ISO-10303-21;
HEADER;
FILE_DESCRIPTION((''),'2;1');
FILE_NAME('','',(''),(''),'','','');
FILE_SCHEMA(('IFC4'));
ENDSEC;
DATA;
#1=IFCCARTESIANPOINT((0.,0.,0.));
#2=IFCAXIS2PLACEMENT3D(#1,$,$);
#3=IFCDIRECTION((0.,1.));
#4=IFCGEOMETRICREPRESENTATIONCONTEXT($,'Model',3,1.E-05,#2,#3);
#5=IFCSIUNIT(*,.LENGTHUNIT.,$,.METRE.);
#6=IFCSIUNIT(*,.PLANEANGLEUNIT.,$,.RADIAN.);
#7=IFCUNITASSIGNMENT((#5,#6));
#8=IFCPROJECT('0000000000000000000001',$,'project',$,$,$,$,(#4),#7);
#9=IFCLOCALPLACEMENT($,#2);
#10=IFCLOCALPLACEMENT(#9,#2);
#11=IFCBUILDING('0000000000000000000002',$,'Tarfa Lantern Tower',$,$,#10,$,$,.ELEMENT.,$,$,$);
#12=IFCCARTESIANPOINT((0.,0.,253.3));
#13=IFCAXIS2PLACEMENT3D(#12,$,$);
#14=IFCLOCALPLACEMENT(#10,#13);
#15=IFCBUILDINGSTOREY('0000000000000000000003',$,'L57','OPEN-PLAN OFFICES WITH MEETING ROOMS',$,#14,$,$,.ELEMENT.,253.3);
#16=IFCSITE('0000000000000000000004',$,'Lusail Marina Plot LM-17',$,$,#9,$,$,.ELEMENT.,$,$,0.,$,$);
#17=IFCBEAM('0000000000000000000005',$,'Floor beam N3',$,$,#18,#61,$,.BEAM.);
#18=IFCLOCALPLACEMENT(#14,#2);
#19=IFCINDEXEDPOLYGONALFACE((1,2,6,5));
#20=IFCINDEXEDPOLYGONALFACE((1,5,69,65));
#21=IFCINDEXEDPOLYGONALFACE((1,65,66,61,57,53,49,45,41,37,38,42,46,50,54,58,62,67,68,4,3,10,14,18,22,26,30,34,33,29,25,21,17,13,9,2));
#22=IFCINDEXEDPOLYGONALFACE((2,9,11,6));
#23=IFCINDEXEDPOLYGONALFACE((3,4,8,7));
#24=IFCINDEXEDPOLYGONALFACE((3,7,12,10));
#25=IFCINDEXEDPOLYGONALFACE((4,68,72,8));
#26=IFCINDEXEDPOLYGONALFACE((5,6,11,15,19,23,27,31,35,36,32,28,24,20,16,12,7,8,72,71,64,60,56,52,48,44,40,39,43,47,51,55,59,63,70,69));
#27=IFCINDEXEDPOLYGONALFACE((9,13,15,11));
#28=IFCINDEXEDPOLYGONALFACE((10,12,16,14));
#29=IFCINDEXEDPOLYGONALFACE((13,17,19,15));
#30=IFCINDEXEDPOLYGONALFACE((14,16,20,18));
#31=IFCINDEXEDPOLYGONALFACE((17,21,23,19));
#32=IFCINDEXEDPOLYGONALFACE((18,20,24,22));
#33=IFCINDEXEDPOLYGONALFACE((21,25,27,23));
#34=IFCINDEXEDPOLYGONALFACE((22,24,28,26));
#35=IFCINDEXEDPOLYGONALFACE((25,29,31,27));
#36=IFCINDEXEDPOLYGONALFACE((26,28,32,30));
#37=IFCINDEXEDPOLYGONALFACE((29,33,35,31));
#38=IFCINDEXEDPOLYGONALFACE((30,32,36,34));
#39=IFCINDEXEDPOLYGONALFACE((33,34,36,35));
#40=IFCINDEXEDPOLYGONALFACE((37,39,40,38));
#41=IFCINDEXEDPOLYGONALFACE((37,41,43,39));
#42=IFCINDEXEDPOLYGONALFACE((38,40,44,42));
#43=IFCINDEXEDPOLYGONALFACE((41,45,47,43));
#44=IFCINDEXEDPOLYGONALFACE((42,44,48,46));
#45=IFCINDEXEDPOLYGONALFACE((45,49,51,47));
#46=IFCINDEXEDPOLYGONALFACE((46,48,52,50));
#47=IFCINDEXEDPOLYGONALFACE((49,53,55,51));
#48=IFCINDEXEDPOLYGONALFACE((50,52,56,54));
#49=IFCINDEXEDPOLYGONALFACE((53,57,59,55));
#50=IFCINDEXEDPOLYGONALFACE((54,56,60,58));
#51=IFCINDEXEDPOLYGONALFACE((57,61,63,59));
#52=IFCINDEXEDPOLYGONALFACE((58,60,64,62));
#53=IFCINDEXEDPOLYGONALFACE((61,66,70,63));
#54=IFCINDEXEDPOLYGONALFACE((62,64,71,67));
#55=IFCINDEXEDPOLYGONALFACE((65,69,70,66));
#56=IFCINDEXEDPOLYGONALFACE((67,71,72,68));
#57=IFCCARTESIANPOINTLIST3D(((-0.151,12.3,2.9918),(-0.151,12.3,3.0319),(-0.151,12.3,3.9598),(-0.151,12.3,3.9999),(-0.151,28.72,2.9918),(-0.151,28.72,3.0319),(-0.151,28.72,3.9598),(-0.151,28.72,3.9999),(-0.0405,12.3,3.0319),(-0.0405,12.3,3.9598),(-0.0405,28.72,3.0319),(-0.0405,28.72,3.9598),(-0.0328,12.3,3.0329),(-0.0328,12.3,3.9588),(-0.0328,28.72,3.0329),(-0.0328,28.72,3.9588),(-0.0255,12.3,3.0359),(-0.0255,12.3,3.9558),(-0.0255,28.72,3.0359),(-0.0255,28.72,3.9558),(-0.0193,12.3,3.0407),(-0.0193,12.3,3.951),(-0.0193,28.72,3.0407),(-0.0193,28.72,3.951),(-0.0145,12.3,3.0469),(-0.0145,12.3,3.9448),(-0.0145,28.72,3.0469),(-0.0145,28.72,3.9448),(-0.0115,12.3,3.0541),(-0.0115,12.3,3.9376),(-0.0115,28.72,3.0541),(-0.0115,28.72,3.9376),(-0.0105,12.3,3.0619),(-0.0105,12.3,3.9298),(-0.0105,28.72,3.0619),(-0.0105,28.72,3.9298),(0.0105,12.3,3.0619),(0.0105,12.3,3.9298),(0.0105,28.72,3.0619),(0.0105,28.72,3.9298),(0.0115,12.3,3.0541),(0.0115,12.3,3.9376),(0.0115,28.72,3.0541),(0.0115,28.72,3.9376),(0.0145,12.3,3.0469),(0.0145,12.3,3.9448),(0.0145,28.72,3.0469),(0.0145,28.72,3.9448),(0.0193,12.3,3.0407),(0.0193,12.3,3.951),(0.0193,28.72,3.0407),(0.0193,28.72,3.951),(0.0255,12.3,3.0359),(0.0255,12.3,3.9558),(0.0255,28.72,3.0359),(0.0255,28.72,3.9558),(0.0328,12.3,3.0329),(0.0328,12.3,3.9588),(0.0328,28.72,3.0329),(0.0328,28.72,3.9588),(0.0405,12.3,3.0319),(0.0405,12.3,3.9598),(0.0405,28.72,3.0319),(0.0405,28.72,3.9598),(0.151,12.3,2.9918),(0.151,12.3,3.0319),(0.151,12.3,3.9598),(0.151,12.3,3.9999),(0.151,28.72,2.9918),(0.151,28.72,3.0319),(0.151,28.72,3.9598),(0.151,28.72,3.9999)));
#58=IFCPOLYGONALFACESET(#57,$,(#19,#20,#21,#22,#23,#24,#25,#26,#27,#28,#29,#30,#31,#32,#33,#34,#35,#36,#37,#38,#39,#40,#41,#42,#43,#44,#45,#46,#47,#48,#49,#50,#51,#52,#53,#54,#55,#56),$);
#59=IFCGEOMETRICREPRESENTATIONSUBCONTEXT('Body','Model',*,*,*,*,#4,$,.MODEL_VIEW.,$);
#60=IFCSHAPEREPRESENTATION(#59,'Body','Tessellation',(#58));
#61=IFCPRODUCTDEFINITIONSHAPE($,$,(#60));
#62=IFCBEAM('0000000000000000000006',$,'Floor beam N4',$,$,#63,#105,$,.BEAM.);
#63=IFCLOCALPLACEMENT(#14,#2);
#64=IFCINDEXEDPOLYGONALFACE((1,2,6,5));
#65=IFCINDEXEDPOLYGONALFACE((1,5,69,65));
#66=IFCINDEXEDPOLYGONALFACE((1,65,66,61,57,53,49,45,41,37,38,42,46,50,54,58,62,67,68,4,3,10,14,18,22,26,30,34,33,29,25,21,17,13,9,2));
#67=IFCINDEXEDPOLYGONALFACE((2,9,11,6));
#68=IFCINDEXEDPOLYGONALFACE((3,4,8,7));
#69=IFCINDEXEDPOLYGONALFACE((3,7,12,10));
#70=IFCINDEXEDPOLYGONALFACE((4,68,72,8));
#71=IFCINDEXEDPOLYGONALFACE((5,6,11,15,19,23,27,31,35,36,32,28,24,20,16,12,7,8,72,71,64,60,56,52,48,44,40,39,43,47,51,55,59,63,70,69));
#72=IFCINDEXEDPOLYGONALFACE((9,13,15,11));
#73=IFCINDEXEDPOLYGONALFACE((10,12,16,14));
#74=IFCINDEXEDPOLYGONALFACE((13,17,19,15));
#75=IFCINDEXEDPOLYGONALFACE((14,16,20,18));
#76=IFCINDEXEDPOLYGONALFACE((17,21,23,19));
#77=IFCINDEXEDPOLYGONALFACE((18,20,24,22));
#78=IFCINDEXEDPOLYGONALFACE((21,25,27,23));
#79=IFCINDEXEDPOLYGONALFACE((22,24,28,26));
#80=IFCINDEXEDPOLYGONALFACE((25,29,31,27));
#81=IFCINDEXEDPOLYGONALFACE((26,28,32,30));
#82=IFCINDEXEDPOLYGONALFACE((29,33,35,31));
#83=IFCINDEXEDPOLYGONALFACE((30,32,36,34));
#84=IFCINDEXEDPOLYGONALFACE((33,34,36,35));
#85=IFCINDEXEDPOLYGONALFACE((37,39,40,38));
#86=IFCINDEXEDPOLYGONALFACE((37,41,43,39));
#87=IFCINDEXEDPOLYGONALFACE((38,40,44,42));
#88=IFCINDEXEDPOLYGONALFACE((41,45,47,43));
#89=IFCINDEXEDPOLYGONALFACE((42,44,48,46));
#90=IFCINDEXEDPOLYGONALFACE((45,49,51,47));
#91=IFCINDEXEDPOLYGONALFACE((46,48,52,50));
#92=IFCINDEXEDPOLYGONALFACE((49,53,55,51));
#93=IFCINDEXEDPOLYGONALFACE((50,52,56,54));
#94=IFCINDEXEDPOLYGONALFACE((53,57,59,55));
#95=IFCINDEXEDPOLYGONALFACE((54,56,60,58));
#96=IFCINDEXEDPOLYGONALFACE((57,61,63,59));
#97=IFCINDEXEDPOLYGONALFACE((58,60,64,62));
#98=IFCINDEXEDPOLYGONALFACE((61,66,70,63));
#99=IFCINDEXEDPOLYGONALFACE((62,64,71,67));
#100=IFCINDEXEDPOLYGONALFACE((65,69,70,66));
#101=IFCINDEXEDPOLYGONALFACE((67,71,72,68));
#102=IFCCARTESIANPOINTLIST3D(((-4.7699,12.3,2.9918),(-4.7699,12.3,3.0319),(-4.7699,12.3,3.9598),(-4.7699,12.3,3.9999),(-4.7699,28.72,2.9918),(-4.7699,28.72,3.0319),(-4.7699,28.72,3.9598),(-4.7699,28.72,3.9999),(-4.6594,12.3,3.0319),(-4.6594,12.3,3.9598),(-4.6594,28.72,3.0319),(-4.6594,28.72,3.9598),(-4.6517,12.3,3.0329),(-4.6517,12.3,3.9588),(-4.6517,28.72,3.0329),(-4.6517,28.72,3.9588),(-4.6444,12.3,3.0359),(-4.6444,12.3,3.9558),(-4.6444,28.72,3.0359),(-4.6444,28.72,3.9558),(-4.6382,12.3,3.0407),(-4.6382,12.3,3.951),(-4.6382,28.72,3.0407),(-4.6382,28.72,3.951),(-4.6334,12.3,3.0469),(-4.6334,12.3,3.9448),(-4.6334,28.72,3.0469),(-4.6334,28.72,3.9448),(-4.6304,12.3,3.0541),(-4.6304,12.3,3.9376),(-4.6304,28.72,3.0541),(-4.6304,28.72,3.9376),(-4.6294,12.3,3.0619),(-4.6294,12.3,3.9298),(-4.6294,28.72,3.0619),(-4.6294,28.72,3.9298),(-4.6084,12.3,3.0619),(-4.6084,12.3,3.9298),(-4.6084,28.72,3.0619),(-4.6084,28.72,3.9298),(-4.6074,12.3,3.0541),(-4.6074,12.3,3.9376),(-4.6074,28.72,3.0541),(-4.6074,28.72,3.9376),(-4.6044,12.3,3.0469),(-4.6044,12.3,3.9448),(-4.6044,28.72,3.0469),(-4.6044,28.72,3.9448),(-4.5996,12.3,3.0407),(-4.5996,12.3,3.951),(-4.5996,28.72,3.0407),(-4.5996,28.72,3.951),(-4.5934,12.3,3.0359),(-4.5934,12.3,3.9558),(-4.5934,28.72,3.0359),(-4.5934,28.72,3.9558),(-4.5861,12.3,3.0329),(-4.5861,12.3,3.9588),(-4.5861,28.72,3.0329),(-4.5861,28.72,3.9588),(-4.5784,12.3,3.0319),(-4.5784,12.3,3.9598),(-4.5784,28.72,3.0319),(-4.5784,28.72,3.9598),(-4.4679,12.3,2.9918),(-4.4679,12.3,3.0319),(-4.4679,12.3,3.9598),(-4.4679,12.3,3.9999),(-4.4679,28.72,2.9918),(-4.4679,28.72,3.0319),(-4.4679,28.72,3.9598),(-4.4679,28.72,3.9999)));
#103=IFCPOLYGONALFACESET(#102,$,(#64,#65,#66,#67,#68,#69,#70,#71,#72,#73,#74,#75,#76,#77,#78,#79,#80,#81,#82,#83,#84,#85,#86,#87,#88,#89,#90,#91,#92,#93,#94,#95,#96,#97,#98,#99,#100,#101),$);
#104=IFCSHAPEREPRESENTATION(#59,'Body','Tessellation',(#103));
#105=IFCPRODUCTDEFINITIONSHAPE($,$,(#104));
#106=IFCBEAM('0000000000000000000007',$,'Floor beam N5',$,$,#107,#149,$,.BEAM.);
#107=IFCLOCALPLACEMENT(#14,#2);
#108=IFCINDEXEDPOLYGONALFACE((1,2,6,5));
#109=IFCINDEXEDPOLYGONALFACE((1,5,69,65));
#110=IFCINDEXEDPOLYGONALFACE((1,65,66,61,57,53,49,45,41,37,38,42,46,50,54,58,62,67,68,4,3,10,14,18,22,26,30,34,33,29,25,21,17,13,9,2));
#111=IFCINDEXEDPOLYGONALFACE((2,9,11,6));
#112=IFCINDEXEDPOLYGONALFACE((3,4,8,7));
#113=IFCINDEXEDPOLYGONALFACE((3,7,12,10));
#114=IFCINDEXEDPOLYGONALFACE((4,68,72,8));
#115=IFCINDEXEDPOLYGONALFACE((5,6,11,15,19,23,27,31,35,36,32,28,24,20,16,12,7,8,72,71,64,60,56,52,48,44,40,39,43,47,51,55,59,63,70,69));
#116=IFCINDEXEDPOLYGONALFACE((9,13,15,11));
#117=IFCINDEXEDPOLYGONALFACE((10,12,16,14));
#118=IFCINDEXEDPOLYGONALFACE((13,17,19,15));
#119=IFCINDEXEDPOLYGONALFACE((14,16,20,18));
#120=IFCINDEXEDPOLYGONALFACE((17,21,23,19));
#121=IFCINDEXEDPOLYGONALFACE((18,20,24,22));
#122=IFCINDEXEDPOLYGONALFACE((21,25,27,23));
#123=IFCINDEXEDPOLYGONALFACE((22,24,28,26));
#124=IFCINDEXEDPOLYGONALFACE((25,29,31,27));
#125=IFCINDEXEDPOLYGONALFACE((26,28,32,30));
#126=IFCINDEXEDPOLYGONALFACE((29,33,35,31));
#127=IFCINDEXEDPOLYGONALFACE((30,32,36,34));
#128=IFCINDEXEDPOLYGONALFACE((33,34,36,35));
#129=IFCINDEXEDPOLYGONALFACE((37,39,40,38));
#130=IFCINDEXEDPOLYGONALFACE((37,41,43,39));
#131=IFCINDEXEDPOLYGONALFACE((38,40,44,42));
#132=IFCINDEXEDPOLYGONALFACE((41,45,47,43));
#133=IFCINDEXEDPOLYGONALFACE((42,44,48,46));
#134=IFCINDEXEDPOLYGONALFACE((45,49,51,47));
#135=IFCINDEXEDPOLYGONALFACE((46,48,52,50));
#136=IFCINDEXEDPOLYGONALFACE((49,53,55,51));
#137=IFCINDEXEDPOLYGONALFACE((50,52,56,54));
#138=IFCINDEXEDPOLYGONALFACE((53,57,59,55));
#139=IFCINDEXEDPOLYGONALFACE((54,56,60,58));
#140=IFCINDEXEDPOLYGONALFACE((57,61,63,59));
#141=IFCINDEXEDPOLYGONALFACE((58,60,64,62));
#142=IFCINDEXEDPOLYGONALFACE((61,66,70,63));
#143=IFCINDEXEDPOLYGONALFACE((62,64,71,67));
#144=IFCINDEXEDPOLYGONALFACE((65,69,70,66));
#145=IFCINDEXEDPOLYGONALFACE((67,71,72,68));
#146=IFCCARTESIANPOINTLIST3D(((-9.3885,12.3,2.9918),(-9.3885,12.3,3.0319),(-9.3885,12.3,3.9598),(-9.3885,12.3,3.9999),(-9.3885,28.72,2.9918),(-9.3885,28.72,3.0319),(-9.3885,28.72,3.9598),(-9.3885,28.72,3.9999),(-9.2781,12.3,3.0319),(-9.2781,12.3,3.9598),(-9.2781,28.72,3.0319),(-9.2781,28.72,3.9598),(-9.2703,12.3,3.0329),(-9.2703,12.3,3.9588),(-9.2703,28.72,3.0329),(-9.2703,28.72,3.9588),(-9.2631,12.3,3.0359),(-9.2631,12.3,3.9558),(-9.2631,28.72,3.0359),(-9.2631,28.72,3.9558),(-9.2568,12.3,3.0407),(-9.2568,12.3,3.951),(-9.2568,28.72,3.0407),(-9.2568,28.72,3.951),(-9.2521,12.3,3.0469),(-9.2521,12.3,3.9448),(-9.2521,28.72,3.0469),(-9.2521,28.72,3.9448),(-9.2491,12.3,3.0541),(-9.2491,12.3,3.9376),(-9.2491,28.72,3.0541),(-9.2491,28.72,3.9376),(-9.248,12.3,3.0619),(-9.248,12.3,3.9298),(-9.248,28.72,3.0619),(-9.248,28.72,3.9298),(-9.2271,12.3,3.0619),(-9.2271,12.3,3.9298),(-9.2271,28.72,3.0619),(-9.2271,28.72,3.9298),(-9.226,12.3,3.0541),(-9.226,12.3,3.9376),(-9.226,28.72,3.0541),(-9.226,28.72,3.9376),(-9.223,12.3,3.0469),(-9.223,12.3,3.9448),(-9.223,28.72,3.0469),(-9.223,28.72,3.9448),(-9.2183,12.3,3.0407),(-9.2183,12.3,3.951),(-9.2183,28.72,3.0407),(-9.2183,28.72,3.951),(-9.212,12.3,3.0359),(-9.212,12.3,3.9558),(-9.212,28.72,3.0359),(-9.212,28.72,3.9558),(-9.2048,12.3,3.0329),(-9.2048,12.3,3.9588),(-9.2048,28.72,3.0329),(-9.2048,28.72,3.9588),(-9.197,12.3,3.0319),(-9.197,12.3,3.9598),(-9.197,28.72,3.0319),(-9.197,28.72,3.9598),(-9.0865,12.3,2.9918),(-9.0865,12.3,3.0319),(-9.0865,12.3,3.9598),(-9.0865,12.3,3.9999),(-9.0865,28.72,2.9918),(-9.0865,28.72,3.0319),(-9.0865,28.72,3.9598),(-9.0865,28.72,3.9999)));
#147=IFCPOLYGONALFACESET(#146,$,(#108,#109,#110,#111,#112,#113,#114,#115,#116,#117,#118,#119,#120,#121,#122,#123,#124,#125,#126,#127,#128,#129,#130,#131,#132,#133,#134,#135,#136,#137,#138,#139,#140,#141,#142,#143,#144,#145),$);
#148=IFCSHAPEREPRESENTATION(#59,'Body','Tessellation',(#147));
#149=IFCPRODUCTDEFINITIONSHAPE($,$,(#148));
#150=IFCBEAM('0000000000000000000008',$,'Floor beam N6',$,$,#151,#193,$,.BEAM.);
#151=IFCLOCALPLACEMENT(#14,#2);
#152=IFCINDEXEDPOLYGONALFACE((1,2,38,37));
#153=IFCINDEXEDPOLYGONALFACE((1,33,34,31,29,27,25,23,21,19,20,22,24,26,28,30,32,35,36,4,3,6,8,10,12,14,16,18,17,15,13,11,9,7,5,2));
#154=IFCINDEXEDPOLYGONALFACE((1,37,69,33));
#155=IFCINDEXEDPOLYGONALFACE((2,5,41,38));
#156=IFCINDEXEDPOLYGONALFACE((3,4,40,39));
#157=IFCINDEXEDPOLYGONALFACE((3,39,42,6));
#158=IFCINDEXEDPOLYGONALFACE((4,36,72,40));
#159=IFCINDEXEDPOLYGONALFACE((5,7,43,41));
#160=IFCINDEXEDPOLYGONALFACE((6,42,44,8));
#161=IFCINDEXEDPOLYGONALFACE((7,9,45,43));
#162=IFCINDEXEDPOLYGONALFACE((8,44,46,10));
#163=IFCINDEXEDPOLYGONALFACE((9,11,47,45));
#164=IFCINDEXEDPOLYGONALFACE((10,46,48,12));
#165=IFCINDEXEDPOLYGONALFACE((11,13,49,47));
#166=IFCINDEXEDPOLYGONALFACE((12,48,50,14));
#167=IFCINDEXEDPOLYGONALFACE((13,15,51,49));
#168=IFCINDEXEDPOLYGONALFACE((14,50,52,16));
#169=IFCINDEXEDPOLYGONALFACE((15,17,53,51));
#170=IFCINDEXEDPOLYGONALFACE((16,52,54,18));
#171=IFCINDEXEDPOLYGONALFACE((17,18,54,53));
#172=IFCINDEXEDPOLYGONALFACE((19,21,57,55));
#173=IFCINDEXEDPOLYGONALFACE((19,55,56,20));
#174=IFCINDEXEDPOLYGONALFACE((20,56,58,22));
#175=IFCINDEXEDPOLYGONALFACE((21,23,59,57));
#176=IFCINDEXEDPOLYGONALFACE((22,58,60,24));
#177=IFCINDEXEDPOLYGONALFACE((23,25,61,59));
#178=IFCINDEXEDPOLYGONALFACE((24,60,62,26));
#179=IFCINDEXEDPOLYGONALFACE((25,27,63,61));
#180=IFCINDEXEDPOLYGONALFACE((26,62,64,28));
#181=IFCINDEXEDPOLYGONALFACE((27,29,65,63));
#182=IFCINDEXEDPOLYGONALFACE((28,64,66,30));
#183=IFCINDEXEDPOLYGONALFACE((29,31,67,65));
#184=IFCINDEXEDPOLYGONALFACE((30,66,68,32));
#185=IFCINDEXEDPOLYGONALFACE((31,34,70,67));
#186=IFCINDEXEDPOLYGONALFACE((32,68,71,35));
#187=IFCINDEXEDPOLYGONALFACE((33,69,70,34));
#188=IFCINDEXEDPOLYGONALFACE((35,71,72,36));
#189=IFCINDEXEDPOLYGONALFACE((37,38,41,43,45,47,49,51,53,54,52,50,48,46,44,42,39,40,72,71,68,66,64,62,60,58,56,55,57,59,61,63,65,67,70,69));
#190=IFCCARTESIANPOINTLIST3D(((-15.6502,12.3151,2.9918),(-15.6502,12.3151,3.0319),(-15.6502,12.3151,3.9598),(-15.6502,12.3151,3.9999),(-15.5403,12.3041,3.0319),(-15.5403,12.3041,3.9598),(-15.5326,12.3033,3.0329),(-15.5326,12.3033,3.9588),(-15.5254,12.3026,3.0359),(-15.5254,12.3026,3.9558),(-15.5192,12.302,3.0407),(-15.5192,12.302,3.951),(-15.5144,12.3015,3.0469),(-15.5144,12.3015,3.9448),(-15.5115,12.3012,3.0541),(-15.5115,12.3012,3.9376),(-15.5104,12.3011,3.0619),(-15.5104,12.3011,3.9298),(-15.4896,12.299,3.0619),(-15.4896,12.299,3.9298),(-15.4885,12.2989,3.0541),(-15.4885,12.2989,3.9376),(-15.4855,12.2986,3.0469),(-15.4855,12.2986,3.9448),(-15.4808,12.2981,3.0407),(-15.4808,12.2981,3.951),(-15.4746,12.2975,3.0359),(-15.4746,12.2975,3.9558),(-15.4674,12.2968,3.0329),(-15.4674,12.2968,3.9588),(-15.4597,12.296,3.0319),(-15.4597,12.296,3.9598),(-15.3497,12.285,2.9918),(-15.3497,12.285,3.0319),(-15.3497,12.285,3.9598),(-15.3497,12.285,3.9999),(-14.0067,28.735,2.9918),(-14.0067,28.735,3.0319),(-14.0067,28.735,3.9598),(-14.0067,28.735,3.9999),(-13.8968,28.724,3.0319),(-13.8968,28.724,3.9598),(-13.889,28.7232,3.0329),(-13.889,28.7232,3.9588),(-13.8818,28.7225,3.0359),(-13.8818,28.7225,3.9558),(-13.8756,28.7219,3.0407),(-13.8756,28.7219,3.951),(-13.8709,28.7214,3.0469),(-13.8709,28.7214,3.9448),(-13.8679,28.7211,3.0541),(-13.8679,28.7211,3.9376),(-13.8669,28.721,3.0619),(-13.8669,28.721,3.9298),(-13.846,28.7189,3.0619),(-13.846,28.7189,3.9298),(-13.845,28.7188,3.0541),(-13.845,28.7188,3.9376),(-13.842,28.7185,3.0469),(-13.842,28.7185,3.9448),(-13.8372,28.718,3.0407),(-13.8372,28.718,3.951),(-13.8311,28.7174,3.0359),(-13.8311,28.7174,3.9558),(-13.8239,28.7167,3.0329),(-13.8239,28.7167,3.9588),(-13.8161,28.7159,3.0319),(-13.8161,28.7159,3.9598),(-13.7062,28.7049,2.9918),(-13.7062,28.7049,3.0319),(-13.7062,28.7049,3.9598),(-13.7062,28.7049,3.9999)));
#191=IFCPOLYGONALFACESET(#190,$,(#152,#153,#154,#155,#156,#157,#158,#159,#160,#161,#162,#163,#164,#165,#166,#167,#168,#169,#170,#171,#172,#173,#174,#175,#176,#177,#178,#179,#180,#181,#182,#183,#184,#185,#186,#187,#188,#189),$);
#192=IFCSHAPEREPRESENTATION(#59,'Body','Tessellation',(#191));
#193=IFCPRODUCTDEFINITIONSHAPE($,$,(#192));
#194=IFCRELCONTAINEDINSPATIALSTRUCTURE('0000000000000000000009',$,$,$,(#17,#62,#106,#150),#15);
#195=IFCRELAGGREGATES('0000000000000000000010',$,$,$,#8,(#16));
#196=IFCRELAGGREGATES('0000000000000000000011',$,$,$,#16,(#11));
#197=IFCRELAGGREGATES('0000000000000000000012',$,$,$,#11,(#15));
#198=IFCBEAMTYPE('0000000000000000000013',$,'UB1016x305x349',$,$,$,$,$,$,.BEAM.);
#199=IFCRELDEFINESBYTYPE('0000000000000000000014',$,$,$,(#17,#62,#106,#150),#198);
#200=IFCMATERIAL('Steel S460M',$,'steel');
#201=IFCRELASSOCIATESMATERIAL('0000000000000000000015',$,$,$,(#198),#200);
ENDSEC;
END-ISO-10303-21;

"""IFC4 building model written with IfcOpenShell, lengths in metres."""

from ifc_helpers import new_model, si_unit, direction, frame, origin, origin_2d, place, context, subcontext, project, spatial, i_section, extrude, material, material_profile, profile_set, type_object, element, save


model = new_model("IFC4")

# Units and contexts
model_context = context("Model", 3, precision=1e-05, world=origin(), true_north=direction((0.0, 1.0)))
body_context = subcontext(model_context, "Body", "Model", "MODEL_VIEW")
ifc_project = project(units=[si_unit("LENGTHUNIT", "METRE"), si_unit("PLANEANGLEUNIT", "RADIAN")], contexts=[model_context])

# Site, building, storey
site_placement = place(None, origin())
site = spatial("IfcSite", under=ifc_project, at=site_placement, Name="Lusail Marina Plot LM-17", CompositionType="ELEMENT", RefElevation=0.0)
building_placement = place(site_placement, origin())
building = spatial("IfcBuilding", under=site, at=building_placement, Name="Tarfa Lantern Tower", CompositionType="ELEMENT")
storey_placement = place(building_placement, frame((0.0, 0.0, 253.3)))
storey = spatial("IfcBuildingStorey", under=building, at=storey_placement, Name="L57", Description="OPEN-PLAN OFFICES WITH MEETING ROOMS", CompositionType="ELEMENT", Elevation=253.3)

# Beams
ifc_material_1 = material(Name="Steel S460M", Category="steel")
ifc_material_profile_1 = material_profile(ifc_material_1, i_section(OverallWidth=0.302, OverallDepth=1.0081, WebThickness=0.021, FlangeThickness=0.04, FilletRadius=0.03, at=origin_2d()), Name="UB1016x305x349")
ifc_profile_set_1 = profile_set([ifc_material_profile_1], Name="Steel S460M")
beam_type_1 = type_object("IfcBeamType", Name="UB1016x305x349", PredefinedType="BEAM", material=ifc_profile_set_1)
for number, where, z_axis, x_axis, name in (
    (1, (0.0, 28.72, 3.4958), (0.0, -1.0, 0.0), (1.0, 0.0, 0.0), "Floor beam N3"),
    (2, (-4.6189, 28.72, 3.4958), (0.0, -1.0, 0.0), (1.0, 0.0, 0.0), "Floor beam N4"),
    (3, (-9.2375, 28.72, 3.4958), (0.0, -1.0, 0.0), (1.0, 0.0, 0.0), "Floor beam N5"),
):
    element("IfcBeam", number, at=place(storey_placement, frame(where, z_axis=z_axis, x_axis=x_axis)), inside=storey, type_object=beam_type_1, Name=name, PredefinedType="BEAM", context=body_context, shape_type="SweptSolid", body=[
        extrude(i_section(OverallWidth=0.302, OverallDepth=1.0081, WebThickness=0.021, FlangeThickness=0.04, FilletRadius=0.03, at=origin_2d()), origin(), (0.0, 0.0, 1.0), 16.4199),
    ])
beam_1_placement = place(storey_placement, frame((-13.8564, 28.72, 3.4958), z_axis=(-0.099597, -0.995028, 0.0), x_axis=(0.995028, -0.099597, 0.0)))
element("IfcBeam", 4, at=beam_1_placement, inside=storey, type_object=beam_type_1, Name="Floor beam N6", PredefinedType="BEAM", context=body_context, shape_type="SweptSolid", body=[
    extrude(i_section(OverallWidth=0.302, OverallDepth=1.0081, WebThickness=0.021, FlangeThickness=0.04, FilletRadius=0.03, at=origin_2d()), origin(), (0.0, 0.0, 1.0), 16.502),
])

save(model, "model.ifc")
